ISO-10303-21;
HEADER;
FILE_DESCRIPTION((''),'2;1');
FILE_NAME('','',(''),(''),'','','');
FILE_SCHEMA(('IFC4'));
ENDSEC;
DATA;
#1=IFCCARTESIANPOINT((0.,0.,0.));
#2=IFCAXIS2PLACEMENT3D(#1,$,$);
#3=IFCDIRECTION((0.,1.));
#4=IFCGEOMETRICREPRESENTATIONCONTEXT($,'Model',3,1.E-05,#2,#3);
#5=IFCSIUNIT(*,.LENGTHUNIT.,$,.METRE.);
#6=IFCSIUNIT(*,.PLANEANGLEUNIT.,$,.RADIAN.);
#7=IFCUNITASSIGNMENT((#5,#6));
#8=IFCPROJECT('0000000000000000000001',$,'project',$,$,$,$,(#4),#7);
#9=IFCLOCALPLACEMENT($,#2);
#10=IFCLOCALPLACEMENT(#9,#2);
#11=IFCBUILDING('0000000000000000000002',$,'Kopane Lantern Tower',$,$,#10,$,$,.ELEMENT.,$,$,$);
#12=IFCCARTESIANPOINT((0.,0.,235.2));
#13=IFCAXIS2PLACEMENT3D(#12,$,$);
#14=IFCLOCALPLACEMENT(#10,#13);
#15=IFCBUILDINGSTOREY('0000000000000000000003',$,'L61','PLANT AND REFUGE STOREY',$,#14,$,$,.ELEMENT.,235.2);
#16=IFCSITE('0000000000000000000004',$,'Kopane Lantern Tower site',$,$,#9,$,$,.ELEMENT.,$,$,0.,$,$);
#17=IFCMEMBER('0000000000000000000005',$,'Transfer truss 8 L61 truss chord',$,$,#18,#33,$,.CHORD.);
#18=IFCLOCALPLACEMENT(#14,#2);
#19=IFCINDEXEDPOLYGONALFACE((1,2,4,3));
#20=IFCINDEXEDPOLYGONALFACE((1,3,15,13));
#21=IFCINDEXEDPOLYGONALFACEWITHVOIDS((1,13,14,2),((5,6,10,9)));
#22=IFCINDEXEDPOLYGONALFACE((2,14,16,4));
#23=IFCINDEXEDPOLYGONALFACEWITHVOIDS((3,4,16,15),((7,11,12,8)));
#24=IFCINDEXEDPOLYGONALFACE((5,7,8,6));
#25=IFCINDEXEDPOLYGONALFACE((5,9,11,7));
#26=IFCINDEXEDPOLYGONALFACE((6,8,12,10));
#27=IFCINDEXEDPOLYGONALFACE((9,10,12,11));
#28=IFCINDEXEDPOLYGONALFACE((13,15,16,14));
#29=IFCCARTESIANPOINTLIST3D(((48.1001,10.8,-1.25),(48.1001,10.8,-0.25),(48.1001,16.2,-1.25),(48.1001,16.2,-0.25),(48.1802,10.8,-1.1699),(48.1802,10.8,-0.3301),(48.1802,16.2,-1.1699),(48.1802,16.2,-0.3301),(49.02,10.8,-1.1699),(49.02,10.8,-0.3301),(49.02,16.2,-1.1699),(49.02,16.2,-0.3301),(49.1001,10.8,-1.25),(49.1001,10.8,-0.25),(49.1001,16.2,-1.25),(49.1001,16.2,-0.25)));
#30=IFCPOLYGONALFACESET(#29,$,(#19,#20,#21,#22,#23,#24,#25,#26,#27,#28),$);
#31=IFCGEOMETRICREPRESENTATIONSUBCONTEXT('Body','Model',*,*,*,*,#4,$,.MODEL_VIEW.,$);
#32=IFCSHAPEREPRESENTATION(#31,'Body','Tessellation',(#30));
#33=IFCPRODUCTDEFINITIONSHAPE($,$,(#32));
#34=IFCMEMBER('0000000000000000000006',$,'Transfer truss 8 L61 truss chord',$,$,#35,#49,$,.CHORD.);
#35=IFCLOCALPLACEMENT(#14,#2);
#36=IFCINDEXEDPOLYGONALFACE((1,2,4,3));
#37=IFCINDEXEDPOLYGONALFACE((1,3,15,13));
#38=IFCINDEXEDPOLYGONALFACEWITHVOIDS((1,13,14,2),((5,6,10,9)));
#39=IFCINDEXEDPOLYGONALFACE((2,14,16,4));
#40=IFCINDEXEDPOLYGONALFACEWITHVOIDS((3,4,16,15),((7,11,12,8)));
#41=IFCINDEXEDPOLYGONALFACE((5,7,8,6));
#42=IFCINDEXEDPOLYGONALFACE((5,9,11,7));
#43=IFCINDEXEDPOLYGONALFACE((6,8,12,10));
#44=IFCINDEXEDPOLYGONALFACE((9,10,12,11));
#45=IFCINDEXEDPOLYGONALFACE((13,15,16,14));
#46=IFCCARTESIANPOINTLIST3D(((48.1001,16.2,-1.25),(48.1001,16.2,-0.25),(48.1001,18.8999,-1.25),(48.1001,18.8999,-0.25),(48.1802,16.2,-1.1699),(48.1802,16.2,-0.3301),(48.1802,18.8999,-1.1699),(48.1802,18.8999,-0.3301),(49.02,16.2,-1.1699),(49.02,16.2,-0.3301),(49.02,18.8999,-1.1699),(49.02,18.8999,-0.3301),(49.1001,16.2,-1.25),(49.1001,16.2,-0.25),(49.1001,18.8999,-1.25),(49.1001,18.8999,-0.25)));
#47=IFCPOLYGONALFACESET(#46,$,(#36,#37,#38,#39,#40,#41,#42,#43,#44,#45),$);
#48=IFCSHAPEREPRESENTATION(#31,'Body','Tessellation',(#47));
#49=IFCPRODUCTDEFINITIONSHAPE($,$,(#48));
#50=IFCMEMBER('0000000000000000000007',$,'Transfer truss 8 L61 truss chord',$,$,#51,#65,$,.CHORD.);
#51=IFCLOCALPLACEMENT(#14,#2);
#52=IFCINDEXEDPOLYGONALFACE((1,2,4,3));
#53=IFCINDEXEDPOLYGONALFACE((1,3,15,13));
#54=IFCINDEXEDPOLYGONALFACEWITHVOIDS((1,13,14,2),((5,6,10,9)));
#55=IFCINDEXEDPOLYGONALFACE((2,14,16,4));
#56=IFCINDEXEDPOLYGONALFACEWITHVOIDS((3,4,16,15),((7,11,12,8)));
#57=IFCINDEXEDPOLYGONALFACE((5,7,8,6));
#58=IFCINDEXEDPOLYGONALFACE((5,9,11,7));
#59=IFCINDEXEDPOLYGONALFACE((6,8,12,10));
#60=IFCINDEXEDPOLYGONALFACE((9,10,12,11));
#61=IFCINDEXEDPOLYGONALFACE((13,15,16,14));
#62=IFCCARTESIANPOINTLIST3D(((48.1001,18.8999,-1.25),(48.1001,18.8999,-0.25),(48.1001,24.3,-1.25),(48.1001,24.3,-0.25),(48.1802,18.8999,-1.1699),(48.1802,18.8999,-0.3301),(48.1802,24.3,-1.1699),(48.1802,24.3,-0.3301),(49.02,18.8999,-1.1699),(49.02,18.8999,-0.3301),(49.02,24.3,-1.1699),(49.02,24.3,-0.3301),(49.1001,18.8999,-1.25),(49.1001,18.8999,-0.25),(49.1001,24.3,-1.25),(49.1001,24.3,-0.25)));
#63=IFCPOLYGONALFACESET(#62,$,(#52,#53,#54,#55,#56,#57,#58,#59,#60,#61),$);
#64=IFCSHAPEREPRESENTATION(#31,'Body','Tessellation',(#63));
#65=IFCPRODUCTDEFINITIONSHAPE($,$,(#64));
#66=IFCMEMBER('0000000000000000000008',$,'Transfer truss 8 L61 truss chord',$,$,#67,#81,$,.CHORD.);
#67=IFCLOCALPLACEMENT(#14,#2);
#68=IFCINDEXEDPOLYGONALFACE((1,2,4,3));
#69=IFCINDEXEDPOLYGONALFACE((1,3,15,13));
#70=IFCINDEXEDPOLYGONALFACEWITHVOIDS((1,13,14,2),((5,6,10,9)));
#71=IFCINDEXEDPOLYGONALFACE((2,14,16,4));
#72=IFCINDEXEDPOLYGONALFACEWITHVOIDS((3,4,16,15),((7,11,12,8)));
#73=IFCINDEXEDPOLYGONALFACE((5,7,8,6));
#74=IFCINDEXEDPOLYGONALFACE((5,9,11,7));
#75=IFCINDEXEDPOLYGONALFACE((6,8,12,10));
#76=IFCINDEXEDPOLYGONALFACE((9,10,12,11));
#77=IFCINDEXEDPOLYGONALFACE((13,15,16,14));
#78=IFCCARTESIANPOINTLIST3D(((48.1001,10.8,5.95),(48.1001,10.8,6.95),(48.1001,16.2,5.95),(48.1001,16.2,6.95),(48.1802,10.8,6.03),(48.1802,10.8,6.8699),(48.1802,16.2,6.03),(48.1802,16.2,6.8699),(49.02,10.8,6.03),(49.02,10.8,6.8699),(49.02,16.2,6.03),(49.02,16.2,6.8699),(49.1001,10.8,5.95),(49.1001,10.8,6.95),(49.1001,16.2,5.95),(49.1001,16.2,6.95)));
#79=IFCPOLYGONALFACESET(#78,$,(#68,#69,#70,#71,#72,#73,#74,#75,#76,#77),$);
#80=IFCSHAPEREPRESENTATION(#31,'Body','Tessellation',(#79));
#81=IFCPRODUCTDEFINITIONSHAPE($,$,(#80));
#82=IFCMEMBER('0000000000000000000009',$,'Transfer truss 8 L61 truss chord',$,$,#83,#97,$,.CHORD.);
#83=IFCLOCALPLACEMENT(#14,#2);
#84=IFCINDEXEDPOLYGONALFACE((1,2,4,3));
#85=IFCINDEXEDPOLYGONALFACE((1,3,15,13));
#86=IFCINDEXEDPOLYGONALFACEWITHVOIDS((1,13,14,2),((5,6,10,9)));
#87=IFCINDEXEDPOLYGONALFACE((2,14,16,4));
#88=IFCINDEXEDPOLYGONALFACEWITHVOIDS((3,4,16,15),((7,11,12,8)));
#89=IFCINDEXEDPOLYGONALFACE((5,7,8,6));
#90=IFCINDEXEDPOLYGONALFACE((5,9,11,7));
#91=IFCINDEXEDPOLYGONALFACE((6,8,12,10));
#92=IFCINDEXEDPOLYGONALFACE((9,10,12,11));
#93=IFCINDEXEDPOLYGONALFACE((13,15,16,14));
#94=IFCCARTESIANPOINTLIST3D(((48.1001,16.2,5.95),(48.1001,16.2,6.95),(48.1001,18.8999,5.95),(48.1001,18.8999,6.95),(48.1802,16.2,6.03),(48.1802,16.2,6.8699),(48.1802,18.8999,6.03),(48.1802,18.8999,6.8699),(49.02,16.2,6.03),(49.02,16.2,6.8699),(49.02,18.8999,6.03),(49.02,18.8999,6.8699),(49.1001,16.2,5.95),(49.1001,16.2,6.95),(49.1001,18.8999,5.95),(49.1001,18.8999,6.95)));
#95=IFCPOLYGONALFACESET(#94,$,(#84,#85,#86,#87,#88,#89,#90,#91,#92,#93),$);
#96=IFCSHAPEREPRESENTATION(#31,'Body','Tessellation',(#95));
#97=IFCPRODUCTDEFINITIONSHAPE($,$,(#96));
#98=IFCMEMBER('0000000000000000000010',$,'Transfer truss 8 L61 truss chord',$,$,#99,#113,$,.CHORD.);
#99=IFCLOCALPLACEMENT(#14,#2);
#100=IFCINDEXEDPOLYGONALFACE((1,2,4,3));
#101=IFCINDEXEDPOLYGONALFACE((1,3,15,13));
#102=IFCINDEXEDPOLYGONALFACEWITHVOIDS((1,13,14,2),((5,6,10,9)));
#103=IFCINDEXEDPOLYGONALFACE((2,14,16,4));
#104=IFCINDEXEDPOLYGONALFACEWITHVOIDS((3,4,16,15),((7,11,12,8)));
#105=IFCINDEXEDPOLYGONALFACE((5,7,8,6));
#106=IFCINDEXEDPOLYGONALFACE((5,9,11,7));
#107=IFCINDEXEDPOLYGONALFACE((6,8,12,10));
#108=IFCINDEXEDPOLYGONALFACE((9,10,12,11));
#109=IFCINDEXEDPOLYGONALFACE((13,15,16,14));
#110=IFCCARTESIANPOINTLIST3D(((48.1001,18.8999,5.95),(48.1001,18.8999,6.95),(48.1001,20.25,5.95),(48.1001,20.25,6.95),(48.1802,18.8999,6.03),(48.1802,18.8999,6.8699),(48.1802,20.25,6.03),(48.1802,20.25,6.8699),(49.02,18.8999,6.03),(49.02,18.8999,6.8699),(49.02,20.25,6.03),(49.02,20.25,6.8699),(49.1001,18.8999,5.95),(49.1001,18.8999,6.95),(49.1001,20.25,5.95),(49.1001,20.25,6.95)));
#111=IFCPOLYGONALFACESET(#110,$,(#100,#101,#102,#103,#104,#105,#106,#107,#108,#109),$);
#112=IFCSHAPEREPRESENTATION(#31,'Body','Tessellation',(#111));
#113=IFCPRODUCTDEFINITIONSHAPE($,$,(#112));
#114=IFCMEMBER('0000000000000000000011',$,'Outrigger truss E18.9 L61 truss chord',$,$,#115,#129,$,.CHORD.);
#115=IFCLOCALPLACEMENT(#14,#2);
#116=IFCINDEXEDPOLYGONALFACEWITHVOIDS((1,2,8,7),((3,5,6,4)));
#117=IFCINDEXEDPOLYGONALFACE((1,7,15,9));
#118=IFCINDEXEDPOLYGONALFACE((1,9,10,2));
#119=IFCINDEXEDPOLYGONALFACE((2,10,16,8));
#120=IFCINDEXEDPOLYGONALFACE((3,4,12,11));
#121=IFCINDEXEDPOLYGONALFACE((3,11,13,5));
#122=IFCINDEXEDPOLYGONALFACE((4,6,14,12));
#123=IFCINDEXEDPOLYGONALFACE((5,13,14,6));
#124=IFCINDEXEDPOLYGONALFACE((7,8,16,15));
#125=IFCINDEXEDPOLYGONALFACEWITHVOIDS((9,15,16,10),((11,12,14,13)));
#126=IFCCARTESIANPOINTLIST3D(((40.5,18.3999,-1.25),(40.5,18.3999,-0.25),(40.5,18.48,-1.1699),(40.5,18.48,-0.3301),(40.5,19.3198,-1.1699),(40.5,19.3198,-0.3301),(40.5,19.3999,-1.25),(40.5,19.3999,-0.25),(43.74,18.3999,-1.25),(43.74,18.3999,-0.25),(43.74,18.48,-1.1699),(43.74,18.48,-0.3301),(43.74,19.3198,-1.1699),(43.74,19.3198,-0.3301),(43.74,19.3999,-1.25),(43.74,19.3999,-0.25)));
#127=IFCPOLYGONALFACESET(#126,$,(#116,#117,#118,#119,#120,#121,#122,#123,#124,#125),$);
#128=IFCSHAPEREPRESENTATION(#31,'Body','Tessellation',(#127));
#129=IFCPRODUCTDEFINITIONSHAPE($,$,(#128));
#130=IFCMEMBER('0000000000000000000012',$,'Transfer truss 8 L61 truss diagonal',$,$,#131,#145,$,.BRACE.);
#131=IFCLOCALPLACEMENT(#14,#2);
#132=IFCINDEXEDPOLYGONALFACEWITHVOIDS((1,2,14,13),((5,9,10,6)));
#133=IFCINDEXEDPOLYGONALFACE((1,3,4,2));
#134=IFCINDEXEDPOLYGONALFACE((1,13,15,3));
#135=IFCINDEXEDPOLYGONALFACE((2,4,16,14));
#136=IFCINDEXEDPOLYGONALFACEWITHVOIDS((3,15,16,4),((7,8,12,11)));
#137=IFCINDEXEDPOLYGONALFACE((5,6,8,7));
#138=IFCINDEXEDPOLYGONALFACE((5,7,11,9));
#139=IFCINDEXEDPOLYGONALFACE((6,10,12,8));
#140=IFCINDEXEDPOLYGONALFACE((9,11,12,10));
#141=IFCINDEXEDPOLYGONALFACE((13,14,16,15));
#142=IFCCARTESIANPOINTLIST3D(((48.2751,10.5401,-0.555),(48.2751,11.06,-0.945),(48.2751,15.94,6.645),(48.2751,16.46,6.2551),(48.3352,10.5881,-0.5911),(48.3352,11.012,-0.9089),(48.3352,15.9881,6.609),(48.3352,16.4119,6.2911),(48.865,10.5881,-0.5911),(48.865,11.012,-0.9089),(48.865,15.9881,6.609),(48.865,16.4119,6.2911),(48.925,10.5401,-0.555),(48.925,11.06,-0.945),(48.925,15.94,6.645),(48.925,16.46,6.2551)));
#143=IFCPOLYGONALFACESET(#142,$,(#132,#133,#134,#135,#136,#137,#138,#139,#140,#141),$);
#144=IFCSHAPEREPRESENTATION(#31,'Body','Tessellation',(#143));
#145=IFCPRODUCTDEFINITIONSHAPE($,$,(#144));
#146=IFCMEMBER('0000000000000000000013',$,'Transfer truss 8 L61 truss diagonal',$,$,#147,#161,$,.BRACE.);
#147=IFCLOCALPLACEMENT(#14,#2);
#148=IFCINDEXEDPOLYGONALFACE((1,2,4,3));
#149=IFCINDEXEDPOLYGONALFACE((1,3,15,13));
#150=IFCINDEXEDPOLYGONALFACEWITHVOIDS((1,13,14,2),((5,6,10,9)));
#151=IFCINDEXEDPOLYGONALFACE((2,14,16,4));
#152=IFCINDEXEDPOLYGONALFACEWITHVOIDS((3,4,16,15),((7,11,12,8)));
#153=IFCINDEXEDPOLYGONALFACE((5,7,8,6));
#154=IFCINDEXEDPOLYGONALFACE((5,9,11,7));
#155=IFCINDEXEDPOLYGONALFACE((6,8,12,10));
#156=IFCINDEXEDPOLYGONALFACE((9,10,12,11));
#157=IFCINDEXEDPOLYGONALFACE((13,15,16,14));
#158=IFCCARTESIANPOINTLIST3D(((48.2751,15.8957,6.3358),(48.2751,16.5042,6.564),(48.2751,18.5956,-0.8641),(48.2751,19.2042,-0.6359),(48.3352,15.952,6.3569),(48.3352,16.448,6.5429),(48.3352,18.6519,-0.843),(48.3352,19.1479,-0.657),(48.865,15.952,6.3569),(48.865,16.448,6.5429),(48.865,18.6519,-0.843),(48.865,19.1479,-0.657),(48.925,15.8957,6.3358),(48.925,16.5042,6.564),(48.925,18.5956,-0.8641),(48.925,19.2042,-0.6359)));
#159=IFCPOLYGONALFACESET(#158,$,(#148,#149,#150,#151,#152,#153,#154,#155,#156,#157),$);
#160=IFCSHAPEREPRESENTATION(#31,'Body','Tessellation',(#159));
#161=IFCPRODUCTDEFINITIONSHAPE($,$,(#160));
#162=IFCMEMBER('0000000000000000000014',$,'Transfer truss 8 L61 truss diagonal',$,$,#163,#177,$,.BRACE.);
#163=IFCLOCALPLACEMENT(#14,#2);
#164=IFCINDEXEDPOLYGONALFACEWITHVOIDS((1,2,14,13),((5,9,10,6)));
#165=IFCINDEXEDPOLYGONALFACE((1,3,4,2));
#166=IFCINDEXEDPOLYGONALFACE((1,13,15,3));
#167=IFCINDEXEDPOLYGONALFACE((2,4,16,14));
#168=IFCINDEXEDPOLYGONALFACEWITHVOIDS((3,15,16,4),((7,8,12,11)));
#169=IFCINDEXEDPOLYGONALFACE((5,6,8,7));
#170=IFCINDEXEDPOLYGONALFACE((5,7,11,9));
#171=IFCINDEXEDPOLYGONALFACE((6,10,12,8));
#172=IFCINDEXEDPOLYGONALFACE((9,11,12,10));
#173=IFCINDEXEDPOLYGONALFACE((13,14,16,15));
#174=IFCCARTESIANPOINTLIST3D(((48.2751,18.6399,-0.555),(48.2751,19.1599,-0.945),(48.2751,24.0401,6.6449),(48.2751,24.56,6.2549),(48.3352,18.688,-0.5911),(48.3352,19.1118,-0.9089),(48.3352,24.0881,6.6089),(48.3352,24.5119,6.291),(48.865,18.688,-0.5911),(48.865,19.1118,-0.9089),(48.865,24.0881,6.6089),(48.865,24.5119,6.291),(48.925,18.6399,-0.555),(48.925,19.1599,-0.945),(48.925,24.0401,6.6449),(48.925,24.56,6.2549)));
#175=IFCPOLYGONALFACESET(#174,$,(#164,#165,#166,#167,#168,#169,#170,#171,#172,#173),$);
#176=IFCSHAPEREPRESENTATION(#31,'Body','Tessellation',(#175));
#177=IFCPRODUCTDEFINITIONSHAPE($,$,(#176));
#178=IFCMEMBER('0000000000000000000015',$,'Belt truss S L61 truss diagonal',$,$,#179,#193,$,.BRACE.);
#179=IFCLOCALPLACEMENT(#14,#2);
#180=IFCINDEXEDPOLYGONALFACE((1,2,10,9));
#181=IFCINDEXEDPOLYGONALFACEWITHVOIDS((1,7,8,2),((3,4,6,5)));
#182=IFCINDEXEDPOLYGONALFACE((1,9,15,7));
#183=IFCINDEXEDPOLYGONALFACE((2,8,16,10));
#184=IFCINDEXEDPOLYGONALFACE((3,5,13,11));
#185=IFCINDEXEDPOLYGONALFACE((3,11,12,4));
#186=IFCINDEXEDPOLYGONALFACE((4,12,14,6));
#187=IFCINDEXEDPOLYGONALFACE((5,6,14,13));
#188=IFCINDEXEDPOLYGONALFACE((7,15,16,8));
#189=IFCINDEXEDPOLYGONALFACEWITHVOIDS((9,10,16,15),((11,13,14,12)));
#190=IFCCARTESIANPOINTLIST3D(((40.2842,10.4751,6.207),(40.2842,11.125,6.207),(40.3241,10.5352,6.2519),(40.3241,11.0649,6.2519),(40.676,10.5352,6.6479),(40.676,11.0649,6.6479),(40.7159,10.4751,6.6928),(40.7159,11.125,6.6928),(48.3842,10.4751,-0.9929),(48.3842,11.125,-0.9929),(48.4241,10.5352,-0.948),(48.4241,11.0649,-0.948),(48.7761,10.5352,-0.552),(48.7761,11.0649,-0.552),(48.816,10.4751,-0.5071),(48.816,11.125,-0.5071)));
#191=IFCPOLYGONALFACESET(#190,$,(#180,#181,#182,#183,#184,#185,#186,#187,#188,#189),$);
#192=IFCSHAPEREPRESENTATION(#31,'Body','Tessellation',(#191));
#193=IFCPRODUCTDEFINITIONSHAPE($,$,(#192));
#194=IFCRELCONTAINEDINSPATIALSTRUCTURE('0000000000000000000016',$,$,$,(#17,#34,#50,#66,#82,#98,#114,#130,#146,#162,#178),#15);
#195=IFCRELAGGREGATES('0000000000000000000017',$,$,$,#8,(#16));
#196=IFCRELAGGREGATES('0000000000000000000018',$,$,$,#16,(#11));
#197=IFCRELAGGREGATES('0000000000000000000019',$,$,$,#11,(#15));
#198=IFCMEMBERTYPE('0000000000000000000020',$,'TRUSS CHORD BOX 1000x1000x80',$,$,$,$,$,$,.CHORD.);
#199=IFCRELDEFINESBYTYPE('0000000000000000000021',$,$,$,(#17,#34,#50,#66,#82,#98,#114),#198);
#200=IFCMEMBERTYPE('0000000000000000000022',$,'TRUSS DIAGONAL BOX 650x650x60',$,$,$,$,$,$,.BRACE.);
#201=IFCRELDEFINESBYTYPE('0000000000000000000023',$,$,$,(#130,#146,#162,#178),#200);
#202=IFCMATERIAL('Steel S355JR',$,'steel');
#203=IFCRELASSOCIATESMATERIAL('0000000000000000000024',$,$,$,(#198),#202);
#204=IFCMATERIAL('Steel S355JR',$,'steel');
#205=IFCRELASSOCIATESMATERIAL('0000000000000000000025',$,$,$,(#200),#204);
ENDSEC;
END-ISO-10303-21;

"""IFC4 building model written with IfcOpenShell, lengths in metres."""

from ifc_helpers import new_model, si_unit, direction, frame, origin, origin_2d, place, context, subcontext, project, spatial, hollow_rectangle, extrude, material, material_profile, profile_set, type_object, element, save


model = new_model("IFC4")

# Units and contexts
model_context = context("Model", 3, precision=1e-05, world=origin(), true_north=direction((0.0, 1.0)))
body_context = subcontext(model_context, "Body", "Model", "MODEL_VIEW")
ifc_project = project(units=[si_unit("LENGTHUNIT", "METRE"), si_unit("PLANEANGLEUNIT", "RADIAN")], contexts=[model_context])

# Site, building, storey
site_placement = place(None, origin())
site = spatial("IfcSite", under=ifc_project, at=site_placement, Name="Kopane Lantern Tower site", CompositionType="ELEMENT", RefElevation=0.0)
building_placement = place(site_placement, origin())
building = spatial("IfcBuilding", under=site, at=building_placement, Name="Kopane Lantern Tower", CompositionType="ELEMENT")
storey_placement = place(building_placement, frame((0.0, 0.0, 235.2)))
storey = spatial("IfcBuildingStorey", under=building, at=storey_placement, Name="L61", Description="PLANT AND REFUGE STOREY", CompositionType="ELEMENT", Elevation=235.2)

# Members
ifc_material_1 = material(Name="Steel S355JR", Category="steel")
ifc_material_profile_1 = material_profile(ifc_material_1, hollow_rectangle(XDim=1.0, YDim=1.0, WallThickness=0.0801, at=origin_2d()), Name="BOX 1000x1000x80")
ifc_profile_set_1 = profile_set([ifc_material_profile_1], Name="Steel S355JR")
member_type_1 = type_object("IfcMemberType", Name="TRUSS CHORD BOX 1000x1000x80", PredefinedType="CHORD", material=ifc_profile_set_1)
member_1_placement = place(storey_placement, frame((48.6001, 10.8, -0.75), z_axis=(0.0, 1.0, 0.0), x_axis=(-1.0, 0.0, 0.0)))
element("IfcMember", 1, at=member_1_placement, inside=storey, type_object=member_type_1, Name="Transfer truss 8 L61 truss chord", PredefinedType="CHORD", context=body_context, shape_type="SweptSolid", body=[
    extrude(hollow_rectangle(XDim=1.0, YDim=1.0, WallThickness=0.0801, at=origin_2d()), origin(), (0.0, 0.0, 1.0), 5.3999),
])
member_2_placement = place(storey_placement, frame((48.6001, 16.2, -0.75), z_axis=(0.0, 1.0, 0.0), x_axis=(-1.0, 0.0, 0.0)))
element("IfcMember", 2, at=member_2_placement, inside=storey, type_object=member_type_1, Name="Transfer truss 8 L61 truss chord", PredefinedType="CHORD", context=body_context, shape_type="SweptSolid", body=[
    extrude(hollow_rectangle(XDim=1.0, YDim=1.0, WallThickness=0.0801, at=origin_2d()), origin(), (0.0, 0.0, 1.0), 2.7),
])
member_3_placement = place(storey_placement, frame((48.6001, 18.8999, -0.75), z_axis=(0.0, 1.0, 0.0), x_axis=(-1.0, 0.0, 0.0)))
element("IfcMember", 3, at=member_3_placement, inside=storey, type_object=member_type_1, Name="Transfer truss 8 L61 truss chord", PredefinedType="CHORD", context=body_context, shape_type="SweptSolid", body=[
    extrude(hollow_rectangle(XDim=1.0, YDim=1.0, WallThickness=0.0801, at=origin_2d()), origin(), (0.0, 0.0, 1.0), 5.4001),
])
member_4_placement = place(storey_placement, frame((48.6001, 10.8, 6.45), z_axis=(0.0, 1.0, 0.0), x_axis=(-1.0, 0.0, 0.0)))
element("IfcMember", 4, at=member_4_placement, inside=storey, type_object=member_type_1, Name="Transfer truss 8 L61 truss chord", PredefinedType="CHORD", context=body_context, shape_type="SweptSolid", body=[
    extrude(hollow_rectangle(XDim=1.0, YDim=1.0, WallThickness=0.0801, at=origin_2d()), origin(), (0.0, 0.0, 1.0), 5.3999),
])
member_5_placement = place(storey_placement, frame((48.6001, 16.2, 6.45), z_axis=(0.0, 1.0, 0.0), x_axis=(-1.0, 0.0, 0.0)))
element("IfcMember", 5, at=member_5_placement, inside=storey, type_object=member_type_1, Name="Transfer truss 8 L61 truss chord", PredefinedType="CHORD", context=body_context, shape_type="SweptSolid", body=[
    extrude(hollow_rectangle(XDim=1.0, YDim=1.0, WallThickness=0.0801, at=origin_2d()), origin(), (0.0, 0.0, 1.0), 2.7),
])
member_6_placement = place(storey_placement, frame((48.6001, 18.8999, 6.45), z_axis=(0.0, 1.0, 0.0), x_axis=(-1.0, 0.0, 0.0)))
element("IfcMember", 6, at=member_6_placement, inside=storey, type_object=member_type_1, Name="Transfer truss 8 L61 truss chord", PredefinedType="CHORD", context=body_context, shape_type="SweptSolid", body=[
    extrude(hollow_rectangle(XDim=1.0, YDim=1.0, WallThickness=0.0801, at=origin_2d()), origin(), (0.0, 0.0, 1.0), 1.3501),
])
member_7_placement = place(storey_placement, frame((43.74, 18.8999, -0.75), z_axis=(-1.0, 0.0, 0.0), x_axis=(0.0, -1.0, 0.0)))
element("IfcMember", 7, at=member_7_placement, inside=storey, type_object=member_type_1, Name="Outrigger truss E18.9 L61 truss chord", PredefinedType="CHORD", context=body_context, shape_type="SweptSolid", body=[
    extrude(hollow_rectangle(XDim=1.0, YDim=1.0, WallThickness=0.0801, at=origin_2d()), origin(), (0.0, 0.0, 1.0), 3.24),
])
ifc_material_2 = material(Name="Steel S355JR", Category="steel")
ifc_material_profile_2 = material_profile(ifc_material_2, hollow_rectangle(XDim=0.6499, YDim=0.6499, WallThickness=0.0601, at=origin_2d()), Name="BOX 650x650x60")
ifc_profile_set_2 = profile_set([ifc_material_profile_2], Name="Steel S355JR")
member_type_2 = type_object("IfcMemberType", Name="TRUSS DIAGONAL BOX 650x650x60", PredefinedType="BRACE", material=ifc_profile_set_2)
member_8_placement = place(storey_placement, frame((48.6001, 10.8, -0.75), z_axis=(0.0, 0.599996, 0.800003), x_axis=(-1.0, 0.0, 0.0)))
element("IfcMember", 8, at=member_8_placement, inside=storey, type_object=member_type_2, Name="Transfer truss 8 L61 truss diagonal", PredefinedType="BRACE", context=body_context, shape_type="SweptSolid", body=[
    extrude(hollow_rectangle(XDim=0.6499, YDim=0.6499, WallThickness=0.0601, at=origin_2d()), origin(), (0.0, 0.0, 1.0), 9.0),
])
member_9_placement = place(storey_placement, frame((48.6001, 18.8999, -0.75), z_axis=(0.0, -0.35112, 0.93633), x_axis=(1.0, 0.0, 0.0)))
element("IfcMember", 9, at=member_9_placement, inside=storey, type_object=member_type_2, Name="Transfer truss 8 L61 truss diagonal", PredefinedType="BRACE", context=body_context, shape_type="SweptSolid", body=[
    extrude(hollow_rectangle(XDim=0.6499, YDim=0.6499, WallThickness=0.0601, at=origin_2d()), origin(), (0.0, 0.0, 1.0), 7.6895),
])
member_10_placement = place(storey_placement, frame((48.6001, 18.8999, -0.75), z_axis=(0.0, 0.600013, 0.79999), x_axis=(-1.0, 0.0, 0.0)))
element("IfcMember", 10, at=member_10_placement, inside=storey, type_object=member_type_2, Name="Transfer truss 8 L61 truss diagonal", PredefinedType="BRACE", context=body_context, shape_type="SweptSolid", body=[
    extrude(hollow_rectangle(XDim=0.6499, YDim=0.6499, WallThickness=0.0601, at=origin_2d()), origin(), (0.0, 0.0, 1.0), 9.0),
])
for number, where, z_axis, x_axis, name in (
    (11, (48.6001, 10.8, -0.75), (-0.747416, 0.0, 0.664357), (0.0, -1.0, 0.0), "Belt truss S L61 truss diagonal"),
):
    element("IfcMember", number, at=place(storey_placement, frame(where, z_axis=z_axis, x_axis=x_axis)), inside=storey, type_object=member_type_2, Name=name, PredefinedType="BRACE", context=body_context, shape_type="SweptSolid", body=[
        extrude(hollow_rectangle(XDim=0.6499, YDim=0.6499, WallThickness=0.0601, at=origin_2d()), origin(), (0.0, 0.0, 1.0), 10.8374),
    ])

save(model, "model.ifc")
